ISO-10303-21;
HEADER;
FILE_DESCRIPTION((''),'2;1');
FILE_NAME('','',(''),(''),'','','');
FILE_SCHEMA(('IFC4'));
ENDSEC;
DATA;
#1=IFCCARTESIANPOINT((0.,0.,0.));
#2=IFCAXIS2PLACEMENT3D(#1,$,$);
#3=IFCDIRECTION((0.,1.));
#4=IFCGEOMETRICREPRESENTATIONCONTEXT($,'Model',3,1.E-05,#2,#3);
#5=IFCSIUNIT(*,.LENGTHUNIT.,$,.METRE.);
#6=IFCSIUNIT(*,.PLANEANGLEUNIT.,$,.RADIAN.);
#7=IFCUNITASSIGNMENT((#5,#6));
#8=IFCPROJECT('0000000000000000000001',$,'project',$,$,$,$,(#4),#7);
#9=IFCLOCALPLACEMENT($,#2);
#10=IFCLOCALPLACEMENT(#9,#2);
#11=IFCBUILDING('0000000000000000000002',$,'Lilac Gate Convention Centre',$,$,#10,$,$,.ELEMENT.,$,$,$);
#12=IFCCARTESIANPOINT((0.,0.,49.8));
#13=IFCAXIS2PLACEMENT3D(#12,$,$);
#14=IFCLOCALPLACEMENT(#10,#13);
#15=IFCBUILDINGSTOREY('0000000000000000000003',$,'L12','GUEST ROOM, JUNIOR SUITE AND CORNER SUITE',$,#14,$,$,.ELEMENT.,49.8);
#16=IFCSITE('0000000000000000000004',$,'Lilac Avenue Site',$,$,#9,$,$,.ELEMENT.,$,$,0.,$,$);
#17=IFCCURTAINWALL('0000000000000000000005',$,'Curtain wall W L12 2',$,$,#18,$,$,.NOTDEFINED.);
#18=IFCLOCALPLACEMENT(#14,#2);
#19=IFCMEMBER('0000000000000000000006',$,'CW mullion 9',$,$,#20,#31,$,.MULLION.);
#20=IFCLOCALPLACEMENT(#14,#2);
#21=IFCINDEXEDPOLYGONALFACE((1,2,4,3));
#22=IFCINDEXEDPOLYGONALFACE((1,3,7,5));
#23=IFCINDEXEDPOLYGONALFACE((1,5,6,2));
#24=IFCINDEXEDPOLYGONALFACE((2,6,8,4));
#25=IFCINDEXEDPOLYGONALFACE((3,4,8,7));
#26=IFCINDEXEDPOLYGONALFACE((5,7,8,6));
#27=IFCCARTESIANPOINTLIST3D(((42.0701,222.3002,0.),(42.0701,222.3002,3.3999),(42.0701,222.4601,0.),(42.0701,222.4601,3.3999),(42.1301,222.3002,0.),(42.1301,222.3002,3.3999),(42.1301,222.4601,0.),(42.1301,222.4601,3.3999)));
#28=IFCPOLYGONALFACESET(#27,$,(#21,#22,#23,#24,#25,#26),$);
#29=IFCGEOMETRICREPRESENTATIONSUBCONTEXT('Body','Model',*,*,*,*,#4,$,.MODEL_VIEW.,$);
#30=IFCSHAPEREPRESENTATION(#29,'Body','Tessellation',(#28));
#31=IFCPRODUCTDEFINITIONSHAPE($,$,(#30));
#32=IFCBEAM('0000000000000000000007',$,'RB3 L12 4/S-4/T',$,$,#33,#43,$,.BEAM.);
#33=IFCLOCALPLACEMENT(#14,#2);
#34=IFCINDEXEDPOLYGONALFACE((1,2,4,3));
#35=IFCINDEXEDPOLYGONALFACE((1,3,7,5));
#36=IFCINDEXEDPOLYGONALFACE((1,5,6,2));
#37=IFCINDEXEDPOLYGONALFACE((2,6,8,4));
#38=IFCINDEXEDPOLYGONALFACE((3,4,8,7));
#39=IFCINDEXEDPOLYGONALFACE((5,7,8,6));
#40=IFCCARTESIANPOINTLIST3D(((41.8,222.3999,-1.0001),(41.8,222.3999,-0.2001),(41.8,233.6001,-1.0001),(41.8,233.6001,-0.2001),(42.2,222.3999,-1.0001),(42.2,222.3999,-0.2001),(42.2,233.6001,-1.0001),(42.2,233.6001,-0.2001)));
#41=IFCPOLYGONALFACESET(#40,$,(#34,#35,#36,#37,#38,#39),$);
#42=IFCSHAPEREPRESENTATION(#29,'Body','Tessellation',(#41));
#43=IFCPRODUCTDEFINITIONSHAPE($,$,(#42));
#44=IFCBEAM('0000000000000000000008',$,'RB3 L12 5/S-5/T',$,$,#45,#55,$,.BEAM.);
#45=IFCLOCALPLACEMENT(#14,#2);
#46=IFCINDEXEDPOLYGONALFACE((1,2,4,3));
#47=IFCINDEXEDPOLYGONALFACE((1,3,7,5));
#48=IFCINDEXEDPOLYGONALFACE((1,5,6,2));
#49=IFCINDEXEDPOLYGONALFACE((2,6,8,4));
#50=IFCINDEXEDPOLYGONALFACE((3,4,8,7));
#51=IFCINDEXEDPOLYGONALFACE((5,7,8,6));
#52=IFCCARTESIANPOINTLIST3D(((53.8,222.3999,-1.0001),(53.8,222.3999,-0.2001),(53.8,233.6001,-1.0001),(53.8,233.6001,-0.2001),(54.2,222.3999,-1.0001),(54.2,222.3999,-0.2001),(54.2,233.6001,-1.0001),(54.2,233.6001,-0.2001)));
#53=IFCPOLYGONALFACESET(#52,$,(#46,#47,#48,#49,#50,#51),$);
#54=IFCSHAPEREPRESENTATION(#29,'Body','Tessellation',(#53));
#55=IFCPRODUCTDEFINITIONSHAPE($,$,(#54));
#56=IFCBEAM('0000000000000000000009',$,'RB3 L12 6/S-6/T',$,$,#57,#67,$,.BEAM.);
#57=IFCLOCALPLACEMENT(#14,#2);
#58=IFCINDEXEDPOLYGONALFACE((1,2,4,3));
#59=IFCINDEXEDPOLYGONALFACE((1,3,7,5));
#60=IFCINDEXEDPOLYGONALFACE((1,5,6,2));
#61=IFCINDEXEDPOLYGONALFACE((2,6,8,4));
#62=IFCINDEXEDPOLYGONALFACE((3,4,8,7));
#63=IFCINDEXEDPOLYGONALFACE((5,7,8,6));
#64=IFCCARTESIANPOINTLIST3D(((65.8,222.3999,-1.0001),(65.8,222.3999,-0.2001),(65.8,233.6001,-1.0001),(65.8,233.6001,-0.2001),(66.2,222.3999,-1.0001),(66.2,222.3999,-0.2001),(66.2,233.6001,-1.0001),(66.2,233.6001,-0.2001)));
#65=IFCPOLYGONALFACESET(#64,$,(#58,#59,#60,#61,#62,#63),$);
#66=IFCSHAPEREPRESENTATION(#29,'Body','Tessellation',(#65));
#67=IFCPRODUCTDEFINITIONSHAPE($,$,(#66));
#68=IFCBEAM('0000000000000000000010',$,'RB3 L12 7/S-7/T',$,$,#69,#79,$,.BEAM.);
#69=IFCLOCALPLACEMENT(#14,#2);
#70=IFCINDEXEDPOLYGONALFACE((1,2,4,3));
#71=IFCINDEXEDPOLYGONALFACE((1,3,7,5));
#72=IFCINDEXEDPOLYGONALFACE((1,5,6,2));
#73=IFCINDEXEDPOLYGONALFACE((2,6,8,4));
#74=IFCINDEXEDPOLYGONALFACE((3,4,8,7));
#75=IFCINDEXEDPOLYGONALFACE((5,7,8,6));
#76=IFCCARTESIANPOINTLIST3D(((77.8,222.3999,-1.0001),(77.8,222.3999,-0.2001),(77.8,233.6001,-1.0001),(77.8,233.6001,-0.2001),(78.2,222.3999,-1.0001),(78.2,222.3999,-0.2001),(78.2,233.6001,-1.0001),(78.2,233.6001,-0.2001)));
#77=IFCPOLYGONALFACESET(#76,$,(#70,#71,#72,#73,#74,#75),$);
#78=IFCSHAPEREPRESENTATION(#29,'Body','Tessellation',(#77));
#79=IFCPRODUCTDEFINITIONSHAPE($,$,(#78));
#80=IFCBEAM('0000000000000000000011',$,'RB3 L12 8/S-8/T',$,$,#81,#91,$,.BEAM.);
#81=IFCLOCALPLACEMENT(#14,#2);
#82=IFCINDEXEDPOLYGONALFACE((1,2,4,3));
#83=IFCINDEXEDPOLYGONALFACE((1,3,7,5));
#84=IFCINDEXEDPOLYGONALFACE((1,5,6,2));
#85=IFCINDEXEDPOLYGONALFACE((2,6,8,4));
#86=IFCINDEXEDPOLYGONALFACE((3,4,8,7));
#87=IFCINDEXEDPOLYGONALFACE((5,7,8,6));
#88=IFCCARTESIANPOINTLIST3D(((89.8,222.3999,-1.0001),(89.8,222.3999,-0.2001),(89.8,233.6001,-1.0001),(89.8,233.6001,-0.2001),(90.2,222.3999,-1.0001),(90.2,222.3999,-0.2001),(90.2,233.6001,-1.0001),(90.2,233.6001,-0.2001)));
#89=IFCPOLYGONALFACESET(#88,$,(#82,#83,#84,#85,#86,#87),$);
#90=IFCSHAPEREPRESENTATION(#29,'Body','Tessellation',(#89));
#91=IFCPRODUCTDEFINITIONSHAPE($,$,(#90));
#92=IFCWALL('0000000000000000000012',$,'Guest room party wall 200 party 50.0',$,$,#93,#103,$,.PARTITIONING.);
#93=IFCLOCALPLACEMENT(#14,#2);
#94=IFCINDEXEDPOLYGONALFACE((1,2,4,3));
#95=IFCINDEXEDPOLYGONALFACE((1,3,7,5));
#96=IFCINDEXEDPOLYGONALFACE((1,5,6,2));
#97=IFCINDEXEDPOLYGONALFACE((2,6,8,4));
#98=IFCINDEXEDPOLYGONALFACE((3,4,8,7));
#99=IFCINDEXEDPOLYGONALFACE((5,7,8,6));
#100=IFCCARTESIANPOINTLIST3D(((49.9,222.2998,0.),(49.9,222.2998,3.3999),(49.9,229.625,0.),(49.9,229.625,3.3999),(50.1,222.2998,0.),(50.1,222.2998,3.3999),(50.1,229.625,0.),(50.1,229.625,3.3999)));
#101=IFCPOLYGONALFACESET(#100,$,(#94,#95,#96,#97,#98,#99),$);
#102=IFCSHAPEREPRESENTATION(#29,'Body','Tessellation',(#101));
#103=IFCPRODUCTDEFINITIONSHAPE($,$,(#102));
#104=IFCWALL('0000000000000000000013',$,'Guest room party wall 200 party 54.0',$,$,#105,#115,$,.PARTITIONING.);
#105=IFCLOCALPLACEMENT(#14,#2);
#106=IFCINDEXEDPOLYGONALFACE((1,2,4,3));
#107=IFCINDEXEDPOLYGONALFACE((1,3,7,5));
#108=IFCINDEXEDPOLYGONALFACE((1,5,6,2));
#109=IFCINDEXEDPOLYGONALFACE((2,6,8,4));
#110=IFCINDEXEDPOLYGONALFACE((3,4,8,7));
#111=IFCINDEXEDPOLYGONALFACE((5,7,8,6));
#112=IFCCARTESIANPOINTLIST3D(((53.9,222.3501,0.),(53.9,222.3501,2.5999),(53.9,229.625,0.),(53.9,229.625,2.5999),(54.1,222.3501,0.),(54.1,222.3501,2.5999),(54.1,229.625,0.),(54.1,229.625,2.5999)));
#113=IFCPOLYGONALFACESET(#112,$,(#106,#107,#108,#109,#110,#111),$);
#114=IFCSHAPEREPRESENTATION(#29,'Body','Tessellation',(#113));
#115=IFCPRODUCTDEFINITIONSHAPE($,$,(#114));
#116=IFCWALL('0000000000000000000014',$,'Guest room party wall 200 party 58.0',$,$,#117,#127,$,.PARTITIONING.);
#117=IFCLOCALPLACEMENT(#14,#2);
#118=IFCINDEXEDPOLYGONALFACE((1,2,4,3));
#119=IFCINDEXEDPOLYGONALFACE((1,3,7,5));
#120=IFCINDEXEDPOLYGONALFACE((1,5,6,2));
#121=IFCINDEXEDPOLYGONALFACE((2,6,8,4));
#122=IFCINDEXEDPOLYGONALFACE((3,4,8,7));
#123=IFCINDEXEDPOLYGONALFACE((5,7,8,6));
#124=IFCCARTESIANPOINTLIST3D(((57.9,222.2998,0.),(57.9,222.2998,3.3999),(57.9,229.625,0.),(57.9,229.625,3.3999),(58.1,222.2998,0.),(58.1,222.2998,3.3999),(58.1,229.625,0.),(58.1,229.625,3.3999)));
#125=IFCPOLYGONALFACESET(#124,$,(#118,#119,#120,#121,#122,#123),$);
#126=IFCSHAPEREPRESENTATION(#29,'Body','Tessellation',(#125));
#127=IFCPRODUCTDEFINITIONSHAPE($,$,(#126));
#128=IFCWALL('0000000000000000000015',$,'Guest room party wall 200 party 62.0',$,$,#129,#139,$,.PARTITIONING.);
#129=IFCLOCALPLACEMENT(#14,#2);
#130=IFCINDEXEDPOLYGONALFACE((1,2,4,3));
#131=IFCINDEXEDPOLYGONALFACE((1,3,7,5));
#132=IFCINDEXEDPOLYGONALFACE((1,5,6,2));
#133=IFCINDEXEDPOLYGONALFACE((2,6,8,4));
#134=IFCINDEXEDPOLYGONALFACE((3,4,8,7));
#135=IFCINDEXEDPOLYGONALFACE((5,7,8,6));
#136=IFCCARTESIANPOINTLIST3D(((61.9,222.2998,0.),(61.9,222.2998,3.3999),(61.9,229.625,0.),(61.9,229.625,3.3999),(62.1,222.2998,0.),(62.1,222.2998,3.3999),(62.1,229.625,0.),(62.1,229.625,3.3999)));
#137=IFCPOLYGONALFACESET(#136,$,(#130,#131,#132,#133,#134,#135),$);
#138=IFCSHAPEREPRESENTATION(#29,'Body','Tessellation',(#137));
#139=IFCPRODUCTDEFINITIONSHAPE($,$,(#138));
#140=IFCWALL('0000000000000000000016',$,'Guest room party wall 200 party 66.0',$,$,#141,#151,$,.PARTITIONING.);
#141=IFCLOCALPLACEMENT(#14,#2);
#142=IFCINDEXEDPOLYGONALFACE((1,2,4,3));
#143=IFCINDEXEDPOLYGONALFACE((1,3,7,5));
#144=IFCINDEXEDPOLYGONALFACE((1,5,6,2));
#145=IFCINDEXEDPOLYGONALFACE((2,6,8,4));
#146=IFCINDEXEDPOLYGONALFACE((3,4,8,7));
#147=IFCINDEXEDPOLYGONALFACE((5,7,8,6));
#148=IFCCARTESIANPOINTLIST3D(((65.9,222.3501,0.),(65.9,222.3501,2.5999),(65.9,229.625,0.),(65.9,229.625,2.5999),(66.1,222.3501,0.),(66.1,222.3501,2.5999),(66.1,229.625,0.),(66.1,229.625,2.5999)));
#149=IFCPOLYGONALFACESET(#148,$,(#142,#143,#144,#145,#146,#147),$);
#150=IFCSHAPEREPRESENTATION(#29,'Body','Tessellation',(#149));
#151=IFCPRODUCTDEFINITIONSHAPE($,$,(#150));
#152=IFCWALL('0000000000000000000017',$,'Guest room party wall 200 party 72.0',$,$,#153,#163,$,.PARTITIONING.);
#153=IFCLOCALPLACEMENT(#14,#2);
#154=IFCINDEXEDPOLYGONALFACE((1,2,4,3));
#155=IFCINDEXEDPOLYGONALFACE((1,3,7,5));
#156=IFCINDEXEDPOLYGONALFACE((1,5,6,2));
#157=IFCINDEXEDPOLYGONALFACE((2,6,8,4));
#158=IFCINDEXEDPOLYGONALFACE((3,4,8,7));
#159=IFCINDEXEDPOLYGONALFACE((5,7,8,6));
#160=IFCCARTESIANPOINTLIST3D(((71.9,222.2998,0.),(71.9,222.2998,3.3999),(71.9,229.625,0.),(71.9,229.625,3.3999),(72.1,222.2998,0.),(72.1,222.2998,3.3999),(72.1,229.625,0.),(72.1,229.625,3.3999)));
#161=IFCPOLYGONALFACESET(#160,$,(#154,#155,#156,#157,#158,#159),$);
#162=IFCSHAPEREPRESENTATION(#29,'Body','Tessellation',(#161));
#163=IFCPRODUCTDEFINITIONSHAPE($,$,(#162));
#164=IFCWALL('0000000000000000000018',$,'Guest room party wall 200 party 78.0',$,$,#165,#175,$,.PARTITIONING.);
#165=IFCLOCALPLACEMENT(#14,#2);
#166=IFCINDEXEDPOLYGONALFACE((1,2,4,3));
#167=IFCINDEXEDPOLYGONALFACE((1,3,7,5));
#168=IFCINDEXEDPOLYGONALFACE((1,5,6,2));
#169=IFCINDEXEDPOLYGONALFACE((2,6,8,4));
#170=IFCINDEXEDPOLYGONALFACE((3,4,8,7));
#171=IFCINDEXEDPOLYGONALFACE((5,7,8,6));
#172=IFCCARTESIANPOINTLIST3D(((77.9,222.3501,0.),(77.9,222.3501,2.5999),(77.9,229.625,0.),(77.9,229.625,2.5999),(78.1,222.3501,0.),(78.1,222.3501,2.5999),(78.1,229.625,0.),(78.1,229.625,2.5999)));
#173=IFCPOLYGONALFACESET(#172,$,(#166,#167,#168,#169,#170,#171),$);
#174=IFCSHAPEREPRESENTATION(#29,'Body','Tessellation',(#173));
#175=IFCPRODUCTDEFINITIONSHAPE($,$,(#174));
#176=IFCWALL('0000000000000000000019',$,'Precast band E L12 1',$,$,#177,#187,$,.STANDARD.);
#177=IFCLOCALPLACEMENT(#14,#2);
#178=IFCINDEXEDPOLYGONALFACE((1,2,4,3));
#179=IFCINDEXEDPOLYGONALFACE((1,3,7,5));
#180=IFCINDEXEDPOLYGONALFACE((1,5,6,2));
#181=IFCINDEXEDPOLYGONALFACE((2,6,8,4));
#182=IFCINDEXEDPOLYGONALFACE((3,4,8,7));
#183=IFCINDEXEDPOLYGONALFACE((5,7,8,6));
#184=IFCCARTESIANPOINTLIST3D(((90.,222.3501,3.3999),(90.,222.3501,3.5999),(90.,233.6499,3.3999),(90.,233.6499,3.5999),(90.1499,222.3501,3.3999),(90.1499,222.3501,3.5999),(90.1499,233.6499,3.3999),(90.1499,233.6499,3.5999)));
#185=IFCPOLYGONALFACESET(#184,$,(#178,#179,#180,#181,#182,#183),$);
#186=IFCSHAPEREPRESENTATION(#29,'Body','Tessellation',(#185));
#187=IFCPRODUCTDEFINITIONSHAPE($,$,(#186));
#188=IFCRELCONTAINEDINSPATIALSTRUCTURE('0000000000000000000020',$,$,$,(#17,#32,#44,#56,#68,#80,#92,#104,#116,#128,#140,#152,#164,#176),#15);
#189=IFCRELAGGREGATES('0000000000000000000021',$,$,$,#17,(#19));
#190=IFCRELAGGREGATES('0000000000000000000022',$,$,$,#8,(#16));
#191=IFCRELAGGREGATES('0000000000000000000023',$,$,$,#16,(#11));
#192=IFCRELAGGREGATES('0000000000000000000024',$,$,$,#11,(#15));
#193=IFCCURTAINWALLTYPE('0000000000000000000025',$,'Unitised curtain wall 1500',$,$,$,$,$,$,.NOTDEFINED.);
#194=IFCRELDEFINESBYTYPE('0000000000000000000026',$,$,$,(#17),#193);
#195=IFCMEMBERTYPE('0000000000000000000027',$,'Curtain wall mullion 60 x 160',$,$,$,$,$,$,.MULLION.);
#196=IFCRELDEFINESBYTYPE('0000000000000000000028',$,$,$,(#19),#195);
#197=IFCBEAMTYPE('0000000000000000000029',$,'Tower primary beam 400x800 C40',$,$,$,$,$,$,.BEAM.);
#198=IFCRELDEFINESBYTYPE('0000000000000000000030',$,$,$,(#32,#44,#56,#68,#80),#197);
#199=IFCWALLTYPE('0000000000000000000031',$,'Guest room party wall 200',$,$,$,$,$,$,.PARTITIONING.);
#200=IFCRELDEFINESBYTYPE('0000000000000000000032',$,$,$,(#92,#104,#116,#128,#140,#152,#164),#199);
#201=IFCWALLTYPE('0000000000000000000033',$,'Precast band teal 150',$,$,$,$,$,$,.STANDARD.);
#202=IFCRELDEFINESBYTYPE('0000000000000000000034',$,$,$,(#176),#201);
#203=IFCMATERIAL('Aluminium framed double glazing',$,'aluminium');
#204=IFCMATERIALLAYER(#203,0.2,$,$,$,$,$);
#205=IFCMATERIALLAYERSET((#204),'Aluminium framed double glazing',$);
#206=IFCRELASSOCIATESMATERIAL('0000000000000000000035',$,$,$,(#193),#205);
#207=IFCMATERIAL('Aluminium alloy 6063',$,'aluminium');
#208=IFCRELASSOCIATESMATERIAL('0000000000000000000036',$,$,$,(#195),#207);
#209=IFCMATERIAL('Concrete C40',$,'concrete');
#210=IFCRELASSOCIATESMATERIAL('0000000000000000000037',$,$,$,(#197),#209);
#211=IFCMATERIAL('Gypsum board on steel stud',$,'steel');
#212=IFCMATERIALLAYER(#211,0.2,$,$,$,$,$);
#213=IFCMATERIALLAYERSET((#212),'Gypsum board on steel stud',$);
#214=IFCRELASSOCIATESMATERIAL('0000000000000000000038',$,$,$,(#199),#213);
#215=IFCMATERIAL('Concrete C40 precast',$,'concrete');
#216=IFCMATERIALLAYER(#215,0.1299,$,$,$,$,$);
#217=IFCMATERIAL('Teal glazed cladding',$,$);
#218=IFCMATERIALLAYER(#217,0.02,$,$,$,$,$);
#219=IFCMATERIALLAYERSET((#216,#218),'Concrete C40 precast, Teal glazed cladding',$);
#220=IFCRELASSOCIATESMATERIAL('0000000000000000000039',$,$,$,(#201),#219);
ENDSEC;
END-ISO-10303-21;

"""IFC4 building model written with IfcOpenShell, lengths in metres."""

from ifc_helpers import new_model, si_unit, direction, frame, frame_2d, origin, origin_2d, place, context, subcontext, project, spatial, rectangle, extrude, material, layer, layer_set, material_profile, profile_set, type_object, element, aggregate, save


model = new_model("IFC4")

# Units and contexts
model_context = context("Model", 3, precision=1e-05, world=origin(), true_north=direction((0.0, 1.0)))
body_context = subcontext(model_context, "Body", "Model", "MODEL_VIEW")
ifc_project = project(units=[si_unit("LENGTHUNIT", "METRE"), si_unit("PLANEANGLEUNIT", "RADIAN")], contexts=[model_context])

# Site, building, storey
site_placement = place(None, origin())
site = spatial("IfcSite", under=ifc_project, at=site_placement, Name="Lilac Avenue Site", CompositionType="ELEMENT", RefElevation=0.0)
building_placement = place(site_placement, origin())
building = spatial("IfcBuilding", under=site, at=building_placement, Name="Lilac Gate Convention Centre", CompositionType="ELEMENT")
storey_placement = place(building_placement, frame((0.0, 0.0, 49.8)))
storey = spatial("IfcBuildingStorey", under=building, at=storey_placement, Name="L12", Description="GUEST ROOM, JUNIOR SUITE AND CORNER SUITE", CompositionType="ELEMENT", Elevation=49.8)

# Curtain wall, member
ifc_material_1 = material(Name="Aluminium framed double glazing", Category="aluminium")
ifc_layer_1 = layer(ifc_material_1, 0.2)
ifc_layer_set_1 = layer_set([ifc_layer_1], Name="Aluminium framed double glazing")
curtain_wall_type = type_object("IfcCurtainWallType", Name="Unitised curtain wall 1500", PredefinedType="NOTDEFINED", material=ifc_layer_set_1)
curtain_wall_placement = place(storey_placement, origin())
curtain_wall = element("IfcCurtainWall", 1, at=curtain_wall_placement, inside=storey, type_object=curtain_wall_type, Name="Curtain wall W L12 2", PredefinedType="NOTDEFINED")
ifc_material_2 = material(Name="Aluminium alloy 6063", Category="aluminium")
ifc_material_profile_1 = material_profile(ifc_material_2, rectangle(XDim=0.0601, YDim=0.1599, at=origin_2d()), Name="Curtain wall mullion 60 x 160")
ifc_profile_set_1 = profile_set([ifc_material_profile_1], Name="Aluminium alloy 6063")
member_type = type_object("IfcMemberType", Name="Curtain wall mullion 60 x 160", PredefinedType="MULLION", material=ifc_profile_set_1)
member_placement = place(storey_placement, frame((42.1001, 222.3801, 0.0), z_axis=(0.0, 0.0, 1.0), x_axis=(1.0, 0.0, 0.0)))
member = element("IfcMember", 2, at=member_placement, type_object=member_type, Name="CW mullion 9", PredefinedType="MULLION", context=body_context, shape_type="SweptSolid", body=[
    extrude(rectangle(XDim=0.0601, YDim=0.1599, at=origin_2d()), origin(), (0.0, 0.0, 1.0), 3.3999),
])
aggregate(curtain_wall, [member])

# Beams
ifc_material_3 = material(Name="Concrete C40", Category="concrete")
ifc_material_profile_2 = material_profile(ifc_material_3, rectangle(XDim=0.3999, YDim=0.8, at=origin_2d()), Name="RC 400x800")
ifc_profile_set_2 = profile_set([ifc_material_profile_2], Name="Concrete C40")
beam_type = type_object("IfcBeamType", Name="Tower primary beam 400x800 C40", PredefinedType="BEAM", material=ifc_profile_set_2)
for number, where, z_axis, x_axis, name in (
    (3, (42.0, 222.3999, -0.6001), (0.0, 1.0, 0.0), (-1.0, 0.0, 0.0), "RB3 L12 4/S-4/T"),
    (4, (54.0, 222.3999, -0.6001), (0.0, 1.0, 0.0), (-1.0, 0.0, 0.0), "RB3 L12 5/S-5/T"),
    (5, (66.0, 222.3999, -0.6001), (0.0, 1.0, 0.0), (-1.0, 0.0, 0.0), "RB3 L12 6/S-6/T"),
    (6, (78.0, 222.3999, -0.6001), (0.0, 1.0, 0.0), (-1.0, 0.0, 0.0), "RB3 L12 7/S-7/T"),
    (7, (90.0, 222.3999, -0.6001), (0.0, 1.0, 0.0), (-1.0, 0.0, 0.0), "RB3 L12 8/S-8/T"),
):
    element("IfcBeam", number, at=place(storey_placement, frame(where, z_axis=z_axis, x_axis=x_axis)), inside=storey, type_object=beam_type, Name=name, PredefinedType="BEAM", context=body_context, shape_type="SweptSolid", body=[
        extrude(rectangle(XDim=0.3999, YDim=0.8, at=origin_2d()), origin(), (0.0, 0.0, 1.0), 11.2002),
    ])

# Walls
ifc_material_4 = material(Name="Gypsum board on steel stud", Category="steel")
ifc_layer_2 = layer(ifc_material_4, 0.2)
ifc_layer_set_2 = layer_set([ifc_layer_2], Name="Gypsum board on steel stud")
wall_type_1 = type_object("IfcWallType", Name="Guest room party wall 200", PredefinedType="PARTITIONING", material=ifc_layer_set_2)
wall_1_placement = place(storey_placement, frame((50.0, 222.2998, 0.0), z_axis=(0.0, 0.0, 1.0), x_axis=(0.0, 1.0, 0.0)))
element("IfcWall", 8, at=wall_1_placement, inside=storey, type_object=wall_type_1, Name="Guest room party wall 200 party 50.0", PredefinedType="PARTITIONING", context=body_context, shape_type="SweptSolid", body=[
    extrude(rectangle(XDim=7.3252, YDim=0.2, at=frame_2d((3.6626, 0.0))), origin(), (0.0, 0.0, 1.0), 3.3999),
])
wall_2_placement = place(storey_placement, frame((54.0, 222.3501, 0.0), z_axis=(0.0, 0.0, 1.0), x_axis=(0.0, 1.0, 0.0)))
element("IfcWall", 9, at=wall_2_placement, inside=storey, type_object=wall_type_1, Name="Guest room party wall 200 party 54.0", PredefinedType="PARTITIONING", context=body_context, shape_type="SweptSolid", body=[
    extrude(rectangle(XDim=7.2749, YDim=0.2, at=frame_2d((3.6375, 0.0))), origin(), (0.0, 0.0, 1.0), 2.5999),
])
for number, where, z_axis, x_axis, name in (
    (10, (58.0, 222.2998, 0.0), (0.0, 0.0, 1.0), (0.0, 1.0, 0.0), "Guest room party wall 200 party 58.0"),
    (11, (62.0, 222.2998, 0.0), (0.0, 0.0, 1.0), (0.0, 1.0, 0.0), "Guest room party wall 200 party 62.0"),
):
    element("IfcWall", number, at=place(storey_placement, frame(where, z_axis=z_axis, x_axis=x_axis)), inside=storey, type_object=wall_type_1, Name=name, PredefinedType="PARTITIONING", context=body_context, shape_type="SweptSolid", body=[
        extrude(rectangle(XDim=7.3252, YDim=0.2, at=frame_2d((3.6626, 0.0))), origin(), (0.0, 0.0, 1.0), 3.3999),
    ])
wall_3_placement = place(storey_placement, frame((66.0, 222.3501, 0.0), z_axis=(0.0, 0.0, 1.0), x_axis=(0.0, 1.0, 0.0)))
element("IfcWall", 12, at=wall_3_placement, inside=storey, type_object=wall_type_1, Name="Guest room party wall 200 party 66.0", PredefinedType="PARTITIONING", context=body_context, shape_type="SweptSolid", body=[
    extrude(rectangle(XDim=7.2749, YDim=0.2, at=frame_2d((3.6375, 0.0))), origin(), (0.0, 0.0, 1.0), 2.5999),
])
wall_4_placement = place(storey_placement, frame((72.0, 222.2998, 0.0), z_axis=(0.0, 0.0, 1.0), x_axis=(0.0, 1.0, 0.0)))
element("IfcWall", 13, at=wall_4_placement, inside=storey, type_object=wall_type_1, Name="Guest room party wall 200 party 72.0", PredefinedType="PARTITIONING", context=body_context, shape_type="SweptSolid", body=[
    extrude(rectangle(XDim=7.3252, YDim=0.2, at=frame_2d((3.6626, 0.0))), origin(), (0.0, 0.0, 1.0), 3.3999),
])
wall_5_placement = place(storey_placement, frame((78.0, 222.3501, 0.0), z_axis=(0.0, 0.0, 1.0), x_axis=(0.0, 1.0, 0.0)))
element("IfcWall", 14, at=wall_5_placement, inside=storey, type_object=wall_type_1, Name="Guest room party wall 200 party 78.0", PredefinedType="PARTITIONING", context=body_context, shape_type="SweptSolid", body=[
    extrude(rectangle(XDim=7.2749, YDim=0.2, at=frame_2d((3.6375, 0.0))), origin(), (0.0, 0.0, 1.0), 2.5999),
])
ifc_material_5 = material(Name="Concrete C40 precast", Category="concrete")
ifc_layer_3 = layer(ifc_material_5, 0.1299)
ifc_material_6 = material(Name="Teal glazed cladding")
ifc_layer_4 = layer(ifc_material_6, 0.02)
ifc_layer_set_3 = layer_set([ifc_layer_3, ifc_layer_4], Name="Concrete C40 precast, Teal glazed cladding")
wall_type_2 = type_object("IfcWallType", Name="Precast band teal 150", PredefinedType="STANDARD", material=ifc_layer_set_3)
wall_6_placement = place(storey_placement, frame((90.075, 222.3501, 3.3999), z_axis=(0.0, 0.0, 1.0), x_axis=(0.0, 1.0, 0.0)))
element("IfcWall", 15, at=wall_6_placement, inside=storey, type_object=wall_type_2, Name="Precast band E L12 1", PredefinedType="STANDARD", context=body_context, shape_type="SweptSolid", body=[
    extrude(rectangle(XDim=11.2998, YDim=0.1499, at=frame_2d((5.6499, 0.0))), origin(), (0.0, 0.0, 1.0), 0.2),
])

save(model, "model.ifc")
